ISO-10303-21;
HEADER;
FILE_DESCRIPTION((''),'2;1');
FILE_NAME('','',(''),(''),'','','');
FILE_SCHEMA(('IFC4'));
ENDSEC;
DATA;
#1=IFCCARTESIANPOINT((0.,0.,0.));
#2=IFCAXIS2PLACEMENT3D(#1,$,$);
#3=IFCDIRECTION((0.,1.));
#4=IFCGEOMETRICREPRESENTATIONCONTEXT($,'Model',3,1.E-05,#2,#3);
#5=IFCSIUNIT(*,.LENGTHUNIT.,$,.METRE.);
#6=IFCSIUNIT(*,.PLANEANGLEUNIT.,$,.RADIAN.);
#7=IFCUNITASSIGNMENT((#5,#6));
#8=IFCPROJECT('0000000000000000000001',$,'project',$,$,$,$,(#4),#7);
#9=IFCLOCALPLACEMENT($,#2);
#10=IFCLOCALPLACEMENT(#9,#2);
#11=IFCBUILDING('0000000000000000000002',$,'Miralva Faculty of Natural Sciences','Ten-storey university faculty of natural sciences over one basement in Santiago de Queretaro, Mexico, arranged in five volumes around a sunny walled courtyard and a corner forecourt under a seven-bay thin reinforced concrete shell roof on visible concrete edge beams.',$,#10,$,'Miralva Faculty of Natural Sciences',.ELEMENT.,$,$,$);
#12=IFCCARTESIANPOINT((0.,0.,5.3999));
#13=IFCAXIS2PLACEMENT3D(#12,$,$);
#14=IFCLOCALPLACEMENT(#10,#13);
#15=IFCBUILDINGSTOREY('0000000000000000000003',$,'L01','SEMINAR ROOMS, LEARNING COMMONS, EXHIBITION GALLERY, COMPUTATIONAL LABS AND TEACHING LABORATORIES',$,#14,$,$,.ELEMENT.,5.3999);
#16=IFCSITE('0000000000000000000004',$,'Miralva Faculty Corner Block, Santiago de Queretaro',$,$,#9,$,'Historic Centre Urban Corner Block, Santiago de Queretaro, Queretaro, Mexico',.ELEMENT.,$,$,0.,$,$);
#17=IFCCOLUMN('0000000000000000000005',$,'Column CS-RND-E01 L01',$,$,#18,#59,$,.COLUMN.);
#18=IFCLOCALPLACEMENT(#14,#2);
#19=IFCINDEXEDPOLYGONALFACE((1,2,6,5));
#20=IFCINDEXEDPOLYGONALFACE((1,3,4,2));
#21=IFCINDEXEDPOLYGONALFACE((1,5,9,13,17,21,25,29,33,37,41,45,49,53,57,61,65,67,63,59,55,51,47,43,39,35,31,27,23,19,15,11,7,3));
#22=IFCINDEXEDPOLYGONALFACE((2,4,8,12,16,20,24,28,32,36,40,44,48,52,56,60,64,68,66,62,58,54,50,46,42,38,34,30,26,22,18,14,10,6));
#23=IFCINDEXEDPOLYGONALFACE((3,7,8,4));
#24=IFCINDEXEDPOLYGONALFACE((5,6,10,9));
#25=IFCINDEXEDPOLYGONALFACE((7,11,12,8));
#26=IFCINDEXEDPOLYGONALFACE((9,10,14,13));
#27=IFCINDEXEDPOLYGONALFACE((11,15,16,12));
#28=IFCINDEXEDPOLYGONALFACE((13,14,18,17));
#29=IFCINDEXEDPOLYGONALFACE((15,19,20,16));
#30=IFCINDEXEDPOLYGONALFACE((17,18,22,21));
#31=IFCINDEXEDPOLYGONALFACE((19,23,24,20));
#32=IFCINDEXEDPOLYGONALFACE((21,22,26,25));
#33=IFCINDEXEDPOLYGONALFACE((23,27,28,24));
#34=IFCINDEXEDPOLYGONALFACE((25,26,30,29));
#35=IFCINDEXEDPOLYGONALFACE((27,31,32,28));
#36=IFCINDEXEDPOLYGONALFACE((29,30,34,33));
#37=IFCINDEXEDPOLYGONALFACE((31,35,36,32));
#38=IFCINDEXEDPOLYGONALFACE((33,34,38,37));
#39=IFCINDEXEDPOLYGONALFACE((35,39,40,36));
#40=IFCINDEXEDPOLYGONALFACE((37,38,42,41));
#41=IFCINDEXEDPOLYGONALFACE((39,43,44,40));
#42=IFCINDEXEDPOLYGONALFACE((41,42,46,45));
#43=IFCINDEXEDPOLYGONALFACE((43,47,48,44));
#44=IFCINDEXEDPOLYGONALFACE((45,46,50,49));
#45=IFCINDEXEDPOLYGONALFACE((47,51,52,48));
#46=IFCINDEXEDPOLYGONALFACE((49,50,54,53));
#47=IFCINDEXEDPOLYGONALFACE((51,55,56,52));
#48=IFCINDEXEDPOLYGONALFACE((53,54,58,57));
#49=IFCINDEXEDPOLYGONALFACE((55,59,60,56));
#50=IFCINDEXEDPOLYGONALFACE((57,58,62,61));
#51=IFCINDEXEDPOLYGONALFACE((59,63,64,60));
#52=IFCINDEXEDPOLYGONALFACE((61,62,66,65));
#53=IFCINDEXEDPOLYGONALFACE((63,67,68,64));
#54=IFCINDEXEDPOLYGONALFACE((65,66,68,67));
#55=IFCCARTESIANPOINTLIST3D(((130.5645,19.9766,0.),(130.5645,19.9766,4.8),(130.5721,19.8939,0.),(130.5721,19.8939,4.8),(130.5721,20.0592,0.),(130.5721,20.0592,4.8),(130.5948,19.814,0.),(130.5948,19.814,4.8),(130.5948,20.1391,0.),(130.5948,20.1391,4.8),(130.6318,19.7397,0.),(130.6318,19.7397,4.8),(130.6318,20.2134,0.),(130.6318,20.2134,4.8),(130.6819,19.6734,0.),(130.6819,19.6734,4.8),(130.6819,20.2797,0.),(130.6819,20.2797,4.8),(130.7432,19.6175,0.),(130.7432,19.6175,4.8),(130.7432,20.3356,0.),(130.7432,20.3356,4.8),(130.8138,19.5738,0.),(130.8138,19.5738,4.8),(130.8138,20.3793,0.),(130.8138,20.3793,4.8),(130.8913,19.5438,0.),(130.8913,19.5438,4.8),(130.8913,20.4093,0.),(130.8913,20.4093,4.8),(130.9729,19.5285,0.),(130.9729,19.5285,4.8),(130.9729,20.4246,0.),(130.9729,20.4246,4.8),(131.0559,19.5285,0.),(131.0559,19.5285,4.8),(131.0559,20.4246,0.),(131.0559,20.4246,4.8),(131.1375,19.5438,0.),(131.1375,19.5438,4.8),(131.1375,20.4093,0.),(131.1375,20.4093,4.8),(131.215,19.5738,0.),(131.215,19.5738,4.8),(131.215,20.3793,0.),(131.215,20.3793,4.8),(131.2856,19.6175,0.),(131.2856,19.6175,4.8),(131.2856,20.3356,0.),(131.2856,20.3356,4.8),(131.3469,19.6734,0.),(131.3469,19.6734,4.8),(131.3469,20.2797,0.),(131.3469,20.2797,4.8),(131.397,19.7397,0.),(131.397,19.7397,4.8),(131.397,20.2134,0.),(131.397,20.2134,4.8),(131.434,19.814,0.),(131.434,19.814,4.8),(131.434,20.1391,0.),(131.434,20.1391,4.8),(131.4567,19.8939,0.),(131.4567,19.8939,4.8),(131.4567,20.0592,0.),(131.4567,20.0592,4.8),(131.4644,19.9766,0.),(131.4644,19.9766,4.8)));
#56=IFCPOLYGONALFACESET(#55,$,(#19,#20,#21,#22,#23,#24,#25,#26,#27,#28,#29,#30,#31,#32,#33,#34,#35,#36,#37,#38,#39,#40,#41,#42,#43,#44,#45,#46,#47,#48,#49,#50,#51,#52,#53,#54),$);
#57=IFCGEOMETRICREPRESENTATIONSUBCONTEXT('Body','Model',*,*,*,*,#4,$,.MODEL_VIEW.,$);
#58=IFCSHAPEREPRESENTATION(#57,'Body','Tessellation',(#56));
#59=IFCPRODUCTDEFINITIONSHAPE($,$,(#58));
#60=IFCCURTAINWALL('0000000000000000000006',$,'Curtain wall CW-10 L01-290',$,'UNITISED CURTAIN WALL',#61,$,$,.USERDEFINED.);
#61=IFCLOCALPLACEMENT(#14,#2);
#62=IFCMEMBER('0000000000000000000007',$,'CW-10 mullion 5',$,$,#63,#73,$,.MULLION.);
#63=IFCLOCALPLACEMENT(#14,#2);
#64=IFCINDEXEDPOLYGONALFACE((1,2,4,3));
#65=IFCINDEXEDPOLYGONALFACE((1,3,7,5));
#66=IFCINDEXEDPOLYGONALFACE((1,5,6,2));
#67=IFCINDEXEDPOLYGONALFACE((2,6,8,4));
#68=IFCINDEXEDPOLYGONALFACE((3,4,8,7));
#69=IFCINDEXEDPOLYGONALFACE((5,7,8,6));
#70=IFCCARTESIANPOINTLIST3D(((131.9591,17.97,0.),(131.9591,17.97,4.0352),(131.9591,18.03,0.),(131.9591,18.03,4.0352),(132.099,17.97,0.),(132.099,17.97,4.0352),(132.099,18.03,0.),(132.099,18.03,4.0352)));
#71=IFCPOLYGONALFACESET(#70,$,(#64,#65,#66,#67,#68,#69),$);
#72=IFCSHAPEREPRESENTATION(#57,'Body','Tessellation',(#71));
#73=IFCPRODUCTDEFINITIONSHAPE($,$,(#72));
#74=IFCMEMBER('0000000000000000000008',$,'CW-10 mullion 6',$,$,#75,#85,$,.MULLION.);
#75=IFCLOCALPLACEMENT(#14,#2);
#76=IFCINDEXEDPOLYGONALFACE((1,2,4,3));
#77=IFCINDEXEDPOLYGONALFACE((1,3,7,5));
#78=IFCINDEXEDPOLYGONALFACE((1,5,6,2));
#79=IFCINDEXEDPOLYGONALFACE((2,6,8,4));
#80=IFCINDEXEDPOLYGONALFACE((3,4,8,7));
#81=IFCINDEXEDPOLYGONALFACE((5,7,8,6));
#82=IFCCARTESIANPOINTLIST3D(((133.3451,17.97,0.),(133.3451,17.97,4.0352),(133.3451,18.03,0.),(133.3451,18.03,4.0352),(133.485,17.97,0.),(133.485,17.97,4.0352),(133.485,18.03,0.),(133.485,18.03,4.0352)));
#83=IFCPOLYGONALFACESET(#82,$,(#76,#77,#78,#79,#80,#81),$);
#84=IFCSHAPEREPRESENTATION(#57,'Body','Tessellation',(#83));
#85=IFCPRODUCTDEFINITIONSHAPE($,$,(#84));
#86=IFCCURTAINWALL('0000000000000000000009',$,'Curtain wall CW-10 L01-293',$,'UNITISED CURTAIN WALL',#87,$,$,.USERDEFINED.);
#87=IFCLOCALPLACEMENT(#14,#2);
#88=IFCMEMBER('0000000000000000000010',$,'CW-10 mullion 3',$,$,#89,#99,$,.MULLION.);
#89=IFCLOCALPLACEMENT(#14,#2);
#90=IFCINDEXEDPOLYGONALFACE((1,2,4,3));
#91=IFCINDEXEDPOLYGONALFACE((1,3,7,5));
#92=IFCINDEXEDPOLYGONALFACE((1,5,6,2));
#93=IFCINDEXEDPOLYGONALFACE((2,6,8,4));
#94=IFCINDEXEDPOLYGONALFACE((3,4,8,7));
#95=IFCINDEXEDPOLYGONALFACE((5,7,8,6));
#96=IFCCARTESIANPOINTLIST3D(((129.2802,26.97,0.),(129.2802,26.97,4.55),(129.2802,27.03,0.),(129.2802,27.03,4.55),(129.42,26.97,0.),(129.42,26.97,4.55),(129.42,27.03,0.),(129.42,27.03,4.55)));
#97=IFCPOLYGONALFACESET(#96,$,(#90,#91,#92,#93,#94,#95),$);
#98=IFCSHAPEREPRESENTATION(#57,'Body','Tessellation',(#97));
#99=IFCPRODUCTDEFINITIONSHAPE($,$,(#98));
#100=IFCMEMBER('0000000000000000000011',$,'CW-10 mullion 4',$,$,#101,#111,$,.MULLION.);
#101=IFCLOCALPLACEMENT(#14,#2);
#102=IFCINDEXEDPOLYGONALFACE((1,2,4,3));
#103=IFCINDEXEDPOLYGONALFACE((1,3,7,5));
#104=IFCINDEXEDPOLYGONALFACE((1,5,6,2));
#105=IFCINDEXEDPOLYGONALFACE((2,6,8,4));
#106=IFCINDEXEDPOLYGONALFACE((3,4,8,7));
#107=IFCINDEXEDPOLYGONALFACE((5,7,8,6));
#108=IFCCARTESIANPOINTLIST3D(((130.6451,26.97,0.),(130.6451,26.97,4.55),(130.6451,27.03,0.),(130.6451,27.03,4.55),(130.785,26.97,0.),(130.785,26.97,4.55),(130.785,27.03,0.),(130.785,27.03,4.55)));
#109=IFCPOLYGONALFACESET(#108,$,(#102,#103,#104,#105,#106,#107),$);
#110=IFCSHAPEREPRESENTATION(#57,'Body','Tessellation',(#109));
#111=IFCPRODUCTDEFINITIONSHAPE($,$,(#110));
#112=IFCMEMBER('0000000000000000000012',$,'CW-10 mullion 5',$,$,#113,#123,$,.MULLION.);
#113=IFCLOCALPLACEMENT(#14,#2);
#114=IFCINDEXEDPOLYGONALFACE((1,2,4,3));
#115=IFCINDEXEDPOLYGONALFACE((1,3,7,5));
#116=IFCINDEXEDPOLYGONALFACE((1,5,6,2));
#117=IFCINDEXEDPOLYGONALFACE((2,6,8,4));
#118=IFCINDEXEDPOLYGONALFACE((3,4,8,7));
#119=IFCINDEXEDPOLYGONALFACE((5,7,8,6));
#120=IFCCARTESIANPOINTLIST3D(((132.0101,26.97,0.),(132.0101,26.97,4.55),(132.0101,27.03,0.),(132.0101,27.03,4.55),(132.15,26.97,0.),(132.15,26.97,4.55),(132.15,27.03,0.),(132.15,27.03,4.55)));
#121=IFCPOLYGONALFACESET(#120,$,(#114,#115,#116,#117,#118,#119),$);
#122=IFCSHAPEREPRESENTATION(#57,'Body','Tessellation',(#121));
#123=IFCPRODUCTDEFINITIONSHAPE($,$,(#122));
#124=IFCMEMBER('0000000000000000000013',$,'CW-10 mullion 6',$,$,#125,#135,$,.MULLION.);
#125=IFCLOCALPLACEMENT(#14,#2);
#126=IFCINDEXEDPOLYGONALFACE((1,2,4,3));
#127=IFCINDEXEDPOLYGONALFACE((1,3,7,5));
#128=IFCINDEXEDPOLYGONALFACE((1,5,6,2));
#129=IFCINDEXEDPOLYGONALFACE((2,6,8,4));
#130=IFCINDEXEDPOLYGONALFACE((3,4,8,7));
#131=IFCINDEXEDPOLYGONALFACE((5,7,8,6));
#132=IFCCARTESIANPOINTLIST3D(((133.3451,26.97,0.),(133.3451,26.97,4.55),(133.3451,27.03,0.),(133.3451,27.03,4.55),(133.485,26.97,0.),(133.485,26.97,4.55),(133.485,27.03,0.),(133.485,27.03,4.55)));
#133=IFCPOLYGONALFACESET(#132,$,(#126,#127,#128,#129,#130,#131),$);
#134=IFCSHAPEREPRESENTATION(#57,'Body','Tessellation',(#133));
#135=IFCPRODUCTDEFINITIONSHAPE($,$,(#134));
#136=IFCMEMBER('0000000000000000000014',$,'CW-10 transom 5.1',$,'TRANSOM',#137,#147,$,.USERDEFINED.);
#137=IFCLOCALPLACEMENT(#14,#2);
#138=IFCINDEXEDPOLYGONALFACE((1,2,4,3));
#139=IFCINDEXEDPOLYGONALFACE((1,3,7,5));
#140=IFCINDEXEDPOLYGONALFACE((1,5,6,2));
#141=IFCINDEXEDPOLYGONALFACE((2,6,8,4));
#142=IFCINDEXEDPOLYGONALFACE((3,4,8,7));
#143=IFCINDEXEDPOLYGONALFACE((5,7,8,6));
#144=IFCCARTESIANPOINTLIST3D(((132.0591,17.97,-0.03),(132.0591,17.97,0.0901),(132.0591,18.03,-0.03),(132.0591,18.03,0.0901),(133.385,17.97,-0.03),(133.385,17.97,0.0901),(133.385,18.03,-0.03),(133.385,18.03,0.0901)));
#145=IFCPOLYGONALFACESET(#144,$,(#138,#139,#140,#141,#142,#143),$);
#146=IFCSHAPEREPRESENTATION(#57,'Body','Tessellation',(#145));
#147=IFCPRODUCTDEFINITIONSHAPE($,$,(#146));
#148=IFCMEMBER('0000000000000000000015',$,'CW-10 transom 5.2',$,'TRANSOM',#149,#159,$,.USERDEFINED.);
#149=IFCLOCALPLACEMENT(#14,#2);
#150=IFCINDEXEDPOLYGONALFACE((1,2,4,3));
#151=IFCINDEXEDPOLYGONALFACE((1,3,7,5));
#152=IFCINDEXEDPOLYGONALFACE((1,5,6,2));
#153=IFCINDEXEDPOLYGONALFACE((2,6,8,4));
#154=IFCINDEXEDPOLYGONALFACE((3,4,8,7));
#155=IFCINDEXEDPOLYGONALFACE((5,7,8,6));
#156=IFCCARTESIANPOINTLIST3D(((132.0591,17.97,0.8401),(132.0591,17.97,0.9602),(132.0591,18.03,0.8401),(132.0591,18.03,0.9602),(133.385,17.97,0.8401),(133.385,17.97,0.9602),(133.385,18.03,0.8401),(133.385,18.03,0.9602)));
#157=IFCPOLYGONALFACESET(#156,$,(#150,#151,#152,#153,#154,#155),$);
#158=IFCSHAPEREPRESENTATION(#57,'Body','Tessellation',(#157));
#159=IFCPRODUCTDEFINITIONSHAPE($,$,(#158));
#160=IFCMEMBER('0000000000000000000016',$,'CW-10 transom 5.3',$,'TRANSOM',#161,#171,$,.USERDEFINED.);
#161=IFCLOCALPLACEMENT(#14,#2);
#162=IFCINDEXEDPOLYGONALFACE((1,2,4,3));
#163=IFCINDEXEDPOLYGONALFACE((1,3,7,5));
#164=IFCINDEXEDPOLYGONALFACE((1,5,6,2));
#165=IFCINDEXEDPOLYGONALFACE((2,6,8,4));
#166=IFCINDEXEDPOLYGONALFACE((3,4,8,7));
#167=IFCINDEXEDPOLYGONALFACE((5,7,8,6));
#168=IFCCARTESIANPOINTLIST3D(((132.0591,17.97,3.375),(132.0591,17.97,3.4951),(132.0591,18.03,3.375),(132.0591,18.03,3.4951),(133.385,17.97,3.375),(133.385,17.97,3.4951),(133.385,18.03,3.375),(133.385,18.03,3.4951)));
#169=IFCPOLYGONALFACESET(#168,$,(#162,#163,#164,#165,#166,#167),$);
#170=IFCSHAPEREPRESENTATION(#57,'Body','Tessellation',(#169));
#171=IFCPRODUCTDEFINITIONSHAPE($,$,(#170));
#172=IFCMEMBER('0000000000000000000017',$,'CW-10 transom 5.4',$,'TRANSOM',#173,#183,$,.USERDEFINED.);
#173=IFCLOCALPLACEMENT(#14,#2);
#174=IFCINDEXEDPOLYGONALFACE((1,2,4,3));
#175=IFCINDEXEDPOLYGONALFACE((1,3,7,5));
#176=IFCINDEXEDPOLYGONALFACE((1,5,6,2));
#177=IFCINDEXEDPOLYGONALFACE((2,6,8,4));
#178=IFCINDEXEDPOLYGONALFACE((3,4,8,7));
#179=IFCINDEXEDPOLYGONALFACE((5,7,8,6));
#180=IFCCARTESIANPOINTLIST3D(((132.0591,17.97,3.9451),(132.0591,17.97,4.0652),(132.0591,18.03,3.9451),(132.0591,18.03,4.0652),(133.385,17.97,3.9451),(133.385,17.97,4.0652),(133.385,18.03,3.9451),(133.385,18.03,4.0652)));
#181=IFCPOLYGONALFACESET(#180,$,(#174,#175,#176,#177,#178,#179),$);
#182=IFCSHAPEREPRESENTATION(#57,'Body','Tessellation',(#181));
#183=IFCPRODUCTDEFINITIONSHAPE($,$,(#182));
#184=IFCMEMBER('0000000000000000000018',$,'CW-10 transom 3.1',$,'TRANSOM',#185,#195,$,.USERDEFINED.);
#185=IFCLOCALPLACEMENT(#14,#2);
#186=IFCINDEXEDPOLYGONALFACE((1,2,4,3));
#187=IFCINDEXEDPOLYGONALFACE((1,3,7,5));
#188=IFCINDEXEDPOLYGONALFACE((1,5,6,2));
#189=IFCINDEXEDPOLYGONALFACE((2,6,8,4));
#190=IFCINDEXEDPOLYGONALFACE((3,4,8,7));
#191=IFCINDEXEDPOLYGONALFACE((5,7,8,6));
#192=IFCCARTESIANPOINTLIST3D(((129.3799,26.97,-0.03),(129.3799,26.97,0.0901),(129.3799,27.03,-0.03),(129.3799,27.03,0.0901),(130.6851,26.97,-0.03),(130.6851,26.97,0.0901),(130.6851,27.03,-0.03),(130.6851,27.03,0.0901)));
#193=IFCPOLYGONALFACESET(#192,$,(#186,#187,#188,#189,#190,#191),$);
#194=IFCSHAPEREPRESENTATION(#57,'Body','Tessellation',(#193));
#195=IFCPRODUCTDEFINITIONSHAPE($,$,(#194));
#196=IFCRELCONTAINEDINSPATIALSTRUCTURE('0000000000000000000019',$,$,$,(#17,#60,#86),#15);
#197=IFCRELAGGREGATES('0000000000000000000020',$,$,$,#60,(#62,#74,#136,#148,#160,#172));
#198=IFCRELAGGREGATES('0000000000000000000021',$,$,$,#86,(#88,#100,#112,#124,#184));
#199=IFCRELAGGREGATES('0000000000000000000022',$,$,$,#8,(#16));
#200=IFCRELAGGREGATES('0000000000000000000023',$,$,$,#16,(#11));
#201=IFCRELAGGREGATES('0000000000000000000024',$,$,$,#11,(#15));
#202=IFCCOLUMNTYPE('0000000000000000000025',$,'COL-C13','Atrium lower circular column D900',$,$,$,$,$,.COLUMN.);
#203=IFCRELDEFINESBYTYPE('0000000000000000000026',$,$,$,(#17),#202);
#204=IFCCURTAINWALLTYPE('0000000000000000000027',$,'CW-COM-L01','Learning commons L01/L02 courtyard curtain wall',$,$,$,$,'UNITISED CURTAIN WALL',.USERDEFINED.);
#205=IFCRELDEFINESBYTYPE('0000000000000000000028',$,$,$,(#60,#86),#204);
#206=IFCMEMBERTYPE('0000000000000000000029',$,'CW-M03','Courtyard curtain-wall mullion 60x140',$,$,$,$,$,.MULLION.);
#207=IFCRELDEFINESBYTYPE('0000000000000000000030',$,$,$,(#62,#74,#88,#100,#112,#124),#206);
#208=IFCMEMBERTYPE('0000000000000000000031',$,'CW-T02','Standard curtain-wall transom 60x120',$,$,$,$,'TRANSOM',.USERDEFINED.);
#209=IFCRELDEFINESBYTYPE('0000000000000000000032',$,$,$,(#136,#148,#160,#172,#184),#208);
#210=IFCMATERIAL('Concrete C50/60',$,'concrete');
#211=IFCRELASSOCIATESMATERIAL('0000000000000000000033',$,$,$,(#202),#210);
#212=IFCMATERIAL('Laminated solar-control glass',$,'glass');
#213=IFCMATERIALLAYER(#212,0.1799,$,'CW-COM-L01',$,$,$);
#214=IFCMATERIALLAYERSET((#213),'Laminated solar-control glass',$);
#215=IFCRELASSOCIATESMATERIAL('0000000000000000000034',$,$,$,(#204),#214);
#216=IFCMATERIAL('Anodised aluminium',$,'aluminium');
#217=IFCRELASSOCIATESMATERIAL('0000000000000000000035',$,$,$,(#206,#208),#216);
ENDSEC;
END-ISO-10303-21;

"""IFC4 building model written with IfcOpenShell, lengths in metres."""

from ifc_helpers import new_model, si_unit, direction, frame, origin, origin_2d, place, context, subcontext, project, spatial, rectangle, circle, extrude, material, layer, layer_set, material_profile, profile_set, type_object, element, aggregate, save


model = new_model("IFC4")

# Units and contexts
model_context = context("Model", 3, precision=1e-05, world=origin(), true_north=direction((0.0, 1.0)))
body_context = subcontext(model_context, "Body", "Model", "MODEL_VIEW")
ifc_project = project(units=[si_unit("LENGTHUNIT", "METRE"), si_unit("PLANEANGLEUNIT", "RADIAN")], contexts=[model_context])

# Site, building, storey
site_placement = place(None, origin())
site = spatial("IfcSite", under=ifc_project, at=site_placement, Name="Miralva Faculty Corner Block, Santiago de Queretaro", LongName="Historic Centre Urban Corner Block, Santiago de Queretaro, Queretaro, Mexico", CompositionType="ELEMENT", RefElevation=0.0)
building_placement = place(site_placement, origin())
building = spatial("IfcBuilding", under=site, at=building_placement, Name="Miralva Faculty of Natural Sciences", Description="Ten-storey university faculty of natural sciences over one basement in Santiago de Queretaro, Mexico, arranged in five volumes around a sunny walled courtyard and a corner forecourt under a seven-bay thin reinforced concrete shell roof on visible concrete edge beams.", LongName="Miralva Faculty of Natural Sciences", CompositionType="ELEMENT")
storey_placement = place(building_placement, frame((0.0, 0.0, 5.3999)))
storey = spatial("IfcBuildingStorey", under=building, at=storey_placement, Name="L01", Description="SEMINAR ROOMS, LEARNING COMMONS, EXHIBITION GALLERY, COMPUTATIONAL LABS AND TEACHING LABORATORIES", CompositionType="ELEMENT", Elevation=5.3999)

# Column
ifc_material_1 = material(Name="Concrete C50/60", Category="concrete")
ifc_material_profile_1 = material_profile(ifc_material_1, circle(Radius=0.45, at=origin_2d()), Name="RC DIA 900")
ifc_profile_set_1 = profile_set([ifc_material_profile_1], Name="Concrete C50/60")
column_type = type_object("IfcColumnType", Name="COL-C13", Description="Atrium lower circular column D900", PredefinedType="COLUMN", material=ifc_profile_set_1)
column_placement = place(storey_placement, frame((131.0144, 19.9766, 0.0), z_axis=(0.0, 0.0, 1.0), x_axis=(1.0, 0.0, 0.0)))
element("IfcColumn", 1, at=column_placement, inside=storey, type_object=column_type, Name="Column CS-RND-E01 L01", PredefinedType="COLUMN", context=body_context, shape_type="SweptSolid", body=[
    extrude(circle(Radius=0.45, at=origin_2d()), origin(), (0.0, 0.0, 1.0), 4.8),
])

# Curtain walls, members
ifc_material_2 = material(Name="Laminated solar-control glass", Category="glass")
ifc_layer_1 = layer(ifc_material_2, 0.1799, Name="CW-COM-L01")
ifc_layer_set_1 = layer_set([ifc_layer_1], Name="Laminated solar-control glass")
curtain_wall_type = type_object("IfcCurtainWallType", Name="CW-COM-L01", Description="Learning commons L01/L02 courtyard curtain wall", ElementType="UNITISED CURTAIN WALL", PredefinedType="USERDEFINED", material=ifc_layer_set_1)
curtain_wall_1_placement = place(storey_placement, origin())
curtain_wall_1 = element("IfcCurtainWall", 2, at=curtain_wall_1_placement, inside=storey, type_object=curtain_wall_type, Name="Curtain wall CW-10 L01-290", ObjectType="UNITISED CURTAIN WALL", PredefinedType="USERDEFINED")
ifc_material_3 = material(Name="Anodised aluminium", Category="aluminium")
ifc_material_profile_2 = material_profile(ifc_material_3, rectangle(XDim=0.0601, YDim=0.1399, at=origin_2d()), Name="MULLION 60x140")
ifc_profile_set_2 = profile_set([ifc_material_profile_2], Name="Anodised aluminium")
member_type_1 = type_object("IfcMemberType", Name="CW-M03", Description="Courtyard curtain-wall mullion 60x140", PredefinedType="MULLION", material=ifc_profile_set_2)
member_1_placement = place(storey_placement, frame((132.0291, 18.0, 0.0), z_axis=(0.0, 0.0, 1.0), x_axis=(0.0, 1.0, 0.0)))
member_1 = element("IfcMember", 3, at=member_1_placement, type_object=member_type_1, Name="CW-10 mullion 5", PredefinedType="MULLION", context=body_context, shape_type="SweptSolid", body=[
    extrude(rectangle(XDim=0.0601, YDim=0.1399, at=origin_2d()), origin(), (0.0, 0.0, 1.0), 4.0352),
])
member_2_placement = place(storey_placement, frame((133.415, 18.0, 0.0), z_axis=(0.0, 0.0, 1.0), x_axis=(0.0, 1.0, 0.0)))
member_2 = element("IfcMember", 4, at=member_2_placement, type_object=member_type_1, Name="CW-10 mullion 6", PredefinedType="MULLION", context=body_context, shape_type="SweptSolid", body=[
    extrude(rectangle(XDim=0.0601, YDim=0.1399, at=origin_2d()), origin(), (0.0, 0.0, 1.0), 4.0352),
])
curtain_wall_2_placement = place(storey_placement, origin())
curtain_wall_2 = element("IfcCurtainWall", 5, at=curtain_wall_2_placement, inside=storey, type_object=curtain_wall_type, Name="Curtain wall CW-10 L01-293", ObjectType="UNITISED CURTAIN WALL", PredefinedType="USERDEFINED")
member_3_placement = place(storey_placement, frame((129.3501, 27.0, 0.0), z_axis=(0.0, 0.0, 1.0), x_axis=(0.0, 1.0, 0.0)))
member_3 = element("IfcMember", 6, at=member_3_placement, type_object=member_type_1, Name="CW-10 mullion 3", PredefinedType="MULLION", context=body_context, shape_type="SweptSolid", body=[
    extrude(rectangle(XDim=0.0601, YDim=0.1399, at=origin_2d()), origin(), (0.0, 0.0, 1.0), 4.55),
])
member_4_placement = place(storey_placement, frame((130.7151, 27.0, 0.0), z_axis=(0.0, 0.0, 1.0), x_axis=(0.0, 1.0, 0.0)))
member_4 = element("IfcMember", 7, at=member_4_placement, type_object=member_type_1, Name="CW-10 mullion 4", PredefinedType="MULLION", context=body_context, shape_type="SweptSolid", body=[
    extrude(rectangle(XDim=0.0601, YDim=0.1399, at=origin_2d()), origin(), (0.0, 0.0, 1.0), 4.55),
])
member_5_placement = place(storey_placement, frame((132.0801, 27.0, 0.0), z_axis=(0.0, 0.0, 1.0), x_axis=(0.0, 1.0, 0.0)))
member_5 = element("IfcMember", 8, at=member_5_placement, type_object=member_type_1, Name="CW-10 mullion 5", PredefinedType="MULLION", context=body_context, shape_type="SweptSolid", body=[
    extrude(rectangle(XDim=0.0601, YDim=0.1399, at=origin_2d()), origin(), (0.0, 0.0, 1.0), 4.55),
])
member_6_placement = place(storey_placement, frame((133.415, 27.0, 0.0), z_axis=(0.0, 0.0, 1.0), x_axis=(0.0, 1.0, 0.0)))
member_6 = element("IfcMember", 9, at=member_6_placement, type_object=member_type_1, Name="CW-10 mullion 6", PredefinedType="MULLION", context=body_context, shape_type="SweptSolid", body=[
    extrude(rectangle(XDim=0.0601, YDim=0.1399, at=origin_2d()), origin(), (0.0, 0.0, 1.0), 4.55),
])

# Members
ifc_material_profile_3 = material_profile(ifc_material_3, rectangle(XDim=0.0601, YDim=0.1201, at=origin_2d()), Name="TRANSOM 60x120")
ifc_profile_set_3 = profile_set([ifc_material_profile_3], Name="Anodised aluminium")
member_type_2 = type_object("IfcMemberType", Name="CW-T02", Description="Standard curtain-wall transom 60x120", ElementType="TRANSOM", PredefinedType="USERDEFINED", material=ifc_profile_set_3)
member_7_placement = place(storey_placement, frame((132.0591, 18.0, 0.03), z_axis=(1.0, 0.0, 0.0), x_axis=(0.0, 1.0, 0.0)))
member_7 = element("IfcMember", 10, at=member_7_placement, type_object=member_type_2, Name="CW-10 transom 5.1", ObjectType="TRANSOM", PredefinedType="USERDEFINED", context=body_context, shape_type="SweptSolid", body=[
    extrude(rectangle(XDim=0.0601, YDim=0.1201, at=origin_2d()), origin(), (0.0, 0.0, 1.0), 1.3259),
])
member_8_placement = place(storey_placement, frame((132.0591, 18.0, 0.9001), z_axis=(1.0, 0.0, 0.0), x_axis=(0.0, 1.0, 0.0)))
member_8 = element("IfcMember", 11, at=member_8_placement, type_object=member_type_2, Name="CW-10 transom 5.2", ObjectType="TRANSOM", PredefinedType="USERDEFINED", context=body_context, shape_type="SweptSolid", body=[
    extrude(rectangle(XDim=0.0601, YDim=0.1201, at=origin_2d()), origin(), (0.0, 0.0, 1.0), 1.3259),
])
member_9_placement = place(storey_placement, frame((132.0591, 18.0, 3.4351), z_axis=(1.0, 0.0, 0.0), x_axis=(0.0, 1.0, 0.0)))
member_9 = element("IfcMember", 12, at=member_9_placement, type_object=member_type_2, Name="CW-10 transom 5.3", ObjectType="TRANSOM", PredefinedType="USERDEFINED", context=body_context, shape_type="SweptSolid", body=[
    extrude(rectangle(XDim=0.0601, YDim=0.1201, at=origin_2d()), origin(), (0.0, 0.0, 1.0), 1.3259),
])
member_10_placement = place(storey_placement, frame((132.0591, 18.0, 4.0051), z_axis=(1.0, 0.0, 0.0), x_axis=(0.0, 1.0, 0.0)))
member_10 = element("IfcMember", 13, at=member_10_placement, type_object=member_type_2, Name="CW-10 transom 5.4", ObjectType="TRANSOM", PredefinedType="USERDEFINED", context=body_context, shape_type="SweptSolid", body=[
    extrude(rectangle(XDim=0.0601, YDim=0.1201, at=origin_2d()), origin(), (0.0, 0.0, 1.0), 1.3259),
])
member_11_placement = place(storey_placement, frame((129.3799, 27.0, 0.03), z_axis=(1.0, 0.0, 0.0), x_axis=(0.0, 1.0, 0.0)))
member_11 = element("IfcMember", 14, at=member_11_placement, type_object=member_type_2, Name="CW-10 transom 3.1", ObjectType="TRANSOM", PredefinedType="USERDEFINED", context=body_context, shape_type="SweptSolid", body=[
    extrude(rectangle(XDim=0.0601, YDim=0.1201, at=origin_2d()), origin(), (0.0, 0.0, 1.0), 1.3052),
])

aggregate(curtain_wall_1, [member_1, member_2, member_7, member_8, member_9, member_10])
aggregate(curtain_wall_2, [member_3, member_4, member_5, member_6, member_11])

save(model, "model.ifc")
